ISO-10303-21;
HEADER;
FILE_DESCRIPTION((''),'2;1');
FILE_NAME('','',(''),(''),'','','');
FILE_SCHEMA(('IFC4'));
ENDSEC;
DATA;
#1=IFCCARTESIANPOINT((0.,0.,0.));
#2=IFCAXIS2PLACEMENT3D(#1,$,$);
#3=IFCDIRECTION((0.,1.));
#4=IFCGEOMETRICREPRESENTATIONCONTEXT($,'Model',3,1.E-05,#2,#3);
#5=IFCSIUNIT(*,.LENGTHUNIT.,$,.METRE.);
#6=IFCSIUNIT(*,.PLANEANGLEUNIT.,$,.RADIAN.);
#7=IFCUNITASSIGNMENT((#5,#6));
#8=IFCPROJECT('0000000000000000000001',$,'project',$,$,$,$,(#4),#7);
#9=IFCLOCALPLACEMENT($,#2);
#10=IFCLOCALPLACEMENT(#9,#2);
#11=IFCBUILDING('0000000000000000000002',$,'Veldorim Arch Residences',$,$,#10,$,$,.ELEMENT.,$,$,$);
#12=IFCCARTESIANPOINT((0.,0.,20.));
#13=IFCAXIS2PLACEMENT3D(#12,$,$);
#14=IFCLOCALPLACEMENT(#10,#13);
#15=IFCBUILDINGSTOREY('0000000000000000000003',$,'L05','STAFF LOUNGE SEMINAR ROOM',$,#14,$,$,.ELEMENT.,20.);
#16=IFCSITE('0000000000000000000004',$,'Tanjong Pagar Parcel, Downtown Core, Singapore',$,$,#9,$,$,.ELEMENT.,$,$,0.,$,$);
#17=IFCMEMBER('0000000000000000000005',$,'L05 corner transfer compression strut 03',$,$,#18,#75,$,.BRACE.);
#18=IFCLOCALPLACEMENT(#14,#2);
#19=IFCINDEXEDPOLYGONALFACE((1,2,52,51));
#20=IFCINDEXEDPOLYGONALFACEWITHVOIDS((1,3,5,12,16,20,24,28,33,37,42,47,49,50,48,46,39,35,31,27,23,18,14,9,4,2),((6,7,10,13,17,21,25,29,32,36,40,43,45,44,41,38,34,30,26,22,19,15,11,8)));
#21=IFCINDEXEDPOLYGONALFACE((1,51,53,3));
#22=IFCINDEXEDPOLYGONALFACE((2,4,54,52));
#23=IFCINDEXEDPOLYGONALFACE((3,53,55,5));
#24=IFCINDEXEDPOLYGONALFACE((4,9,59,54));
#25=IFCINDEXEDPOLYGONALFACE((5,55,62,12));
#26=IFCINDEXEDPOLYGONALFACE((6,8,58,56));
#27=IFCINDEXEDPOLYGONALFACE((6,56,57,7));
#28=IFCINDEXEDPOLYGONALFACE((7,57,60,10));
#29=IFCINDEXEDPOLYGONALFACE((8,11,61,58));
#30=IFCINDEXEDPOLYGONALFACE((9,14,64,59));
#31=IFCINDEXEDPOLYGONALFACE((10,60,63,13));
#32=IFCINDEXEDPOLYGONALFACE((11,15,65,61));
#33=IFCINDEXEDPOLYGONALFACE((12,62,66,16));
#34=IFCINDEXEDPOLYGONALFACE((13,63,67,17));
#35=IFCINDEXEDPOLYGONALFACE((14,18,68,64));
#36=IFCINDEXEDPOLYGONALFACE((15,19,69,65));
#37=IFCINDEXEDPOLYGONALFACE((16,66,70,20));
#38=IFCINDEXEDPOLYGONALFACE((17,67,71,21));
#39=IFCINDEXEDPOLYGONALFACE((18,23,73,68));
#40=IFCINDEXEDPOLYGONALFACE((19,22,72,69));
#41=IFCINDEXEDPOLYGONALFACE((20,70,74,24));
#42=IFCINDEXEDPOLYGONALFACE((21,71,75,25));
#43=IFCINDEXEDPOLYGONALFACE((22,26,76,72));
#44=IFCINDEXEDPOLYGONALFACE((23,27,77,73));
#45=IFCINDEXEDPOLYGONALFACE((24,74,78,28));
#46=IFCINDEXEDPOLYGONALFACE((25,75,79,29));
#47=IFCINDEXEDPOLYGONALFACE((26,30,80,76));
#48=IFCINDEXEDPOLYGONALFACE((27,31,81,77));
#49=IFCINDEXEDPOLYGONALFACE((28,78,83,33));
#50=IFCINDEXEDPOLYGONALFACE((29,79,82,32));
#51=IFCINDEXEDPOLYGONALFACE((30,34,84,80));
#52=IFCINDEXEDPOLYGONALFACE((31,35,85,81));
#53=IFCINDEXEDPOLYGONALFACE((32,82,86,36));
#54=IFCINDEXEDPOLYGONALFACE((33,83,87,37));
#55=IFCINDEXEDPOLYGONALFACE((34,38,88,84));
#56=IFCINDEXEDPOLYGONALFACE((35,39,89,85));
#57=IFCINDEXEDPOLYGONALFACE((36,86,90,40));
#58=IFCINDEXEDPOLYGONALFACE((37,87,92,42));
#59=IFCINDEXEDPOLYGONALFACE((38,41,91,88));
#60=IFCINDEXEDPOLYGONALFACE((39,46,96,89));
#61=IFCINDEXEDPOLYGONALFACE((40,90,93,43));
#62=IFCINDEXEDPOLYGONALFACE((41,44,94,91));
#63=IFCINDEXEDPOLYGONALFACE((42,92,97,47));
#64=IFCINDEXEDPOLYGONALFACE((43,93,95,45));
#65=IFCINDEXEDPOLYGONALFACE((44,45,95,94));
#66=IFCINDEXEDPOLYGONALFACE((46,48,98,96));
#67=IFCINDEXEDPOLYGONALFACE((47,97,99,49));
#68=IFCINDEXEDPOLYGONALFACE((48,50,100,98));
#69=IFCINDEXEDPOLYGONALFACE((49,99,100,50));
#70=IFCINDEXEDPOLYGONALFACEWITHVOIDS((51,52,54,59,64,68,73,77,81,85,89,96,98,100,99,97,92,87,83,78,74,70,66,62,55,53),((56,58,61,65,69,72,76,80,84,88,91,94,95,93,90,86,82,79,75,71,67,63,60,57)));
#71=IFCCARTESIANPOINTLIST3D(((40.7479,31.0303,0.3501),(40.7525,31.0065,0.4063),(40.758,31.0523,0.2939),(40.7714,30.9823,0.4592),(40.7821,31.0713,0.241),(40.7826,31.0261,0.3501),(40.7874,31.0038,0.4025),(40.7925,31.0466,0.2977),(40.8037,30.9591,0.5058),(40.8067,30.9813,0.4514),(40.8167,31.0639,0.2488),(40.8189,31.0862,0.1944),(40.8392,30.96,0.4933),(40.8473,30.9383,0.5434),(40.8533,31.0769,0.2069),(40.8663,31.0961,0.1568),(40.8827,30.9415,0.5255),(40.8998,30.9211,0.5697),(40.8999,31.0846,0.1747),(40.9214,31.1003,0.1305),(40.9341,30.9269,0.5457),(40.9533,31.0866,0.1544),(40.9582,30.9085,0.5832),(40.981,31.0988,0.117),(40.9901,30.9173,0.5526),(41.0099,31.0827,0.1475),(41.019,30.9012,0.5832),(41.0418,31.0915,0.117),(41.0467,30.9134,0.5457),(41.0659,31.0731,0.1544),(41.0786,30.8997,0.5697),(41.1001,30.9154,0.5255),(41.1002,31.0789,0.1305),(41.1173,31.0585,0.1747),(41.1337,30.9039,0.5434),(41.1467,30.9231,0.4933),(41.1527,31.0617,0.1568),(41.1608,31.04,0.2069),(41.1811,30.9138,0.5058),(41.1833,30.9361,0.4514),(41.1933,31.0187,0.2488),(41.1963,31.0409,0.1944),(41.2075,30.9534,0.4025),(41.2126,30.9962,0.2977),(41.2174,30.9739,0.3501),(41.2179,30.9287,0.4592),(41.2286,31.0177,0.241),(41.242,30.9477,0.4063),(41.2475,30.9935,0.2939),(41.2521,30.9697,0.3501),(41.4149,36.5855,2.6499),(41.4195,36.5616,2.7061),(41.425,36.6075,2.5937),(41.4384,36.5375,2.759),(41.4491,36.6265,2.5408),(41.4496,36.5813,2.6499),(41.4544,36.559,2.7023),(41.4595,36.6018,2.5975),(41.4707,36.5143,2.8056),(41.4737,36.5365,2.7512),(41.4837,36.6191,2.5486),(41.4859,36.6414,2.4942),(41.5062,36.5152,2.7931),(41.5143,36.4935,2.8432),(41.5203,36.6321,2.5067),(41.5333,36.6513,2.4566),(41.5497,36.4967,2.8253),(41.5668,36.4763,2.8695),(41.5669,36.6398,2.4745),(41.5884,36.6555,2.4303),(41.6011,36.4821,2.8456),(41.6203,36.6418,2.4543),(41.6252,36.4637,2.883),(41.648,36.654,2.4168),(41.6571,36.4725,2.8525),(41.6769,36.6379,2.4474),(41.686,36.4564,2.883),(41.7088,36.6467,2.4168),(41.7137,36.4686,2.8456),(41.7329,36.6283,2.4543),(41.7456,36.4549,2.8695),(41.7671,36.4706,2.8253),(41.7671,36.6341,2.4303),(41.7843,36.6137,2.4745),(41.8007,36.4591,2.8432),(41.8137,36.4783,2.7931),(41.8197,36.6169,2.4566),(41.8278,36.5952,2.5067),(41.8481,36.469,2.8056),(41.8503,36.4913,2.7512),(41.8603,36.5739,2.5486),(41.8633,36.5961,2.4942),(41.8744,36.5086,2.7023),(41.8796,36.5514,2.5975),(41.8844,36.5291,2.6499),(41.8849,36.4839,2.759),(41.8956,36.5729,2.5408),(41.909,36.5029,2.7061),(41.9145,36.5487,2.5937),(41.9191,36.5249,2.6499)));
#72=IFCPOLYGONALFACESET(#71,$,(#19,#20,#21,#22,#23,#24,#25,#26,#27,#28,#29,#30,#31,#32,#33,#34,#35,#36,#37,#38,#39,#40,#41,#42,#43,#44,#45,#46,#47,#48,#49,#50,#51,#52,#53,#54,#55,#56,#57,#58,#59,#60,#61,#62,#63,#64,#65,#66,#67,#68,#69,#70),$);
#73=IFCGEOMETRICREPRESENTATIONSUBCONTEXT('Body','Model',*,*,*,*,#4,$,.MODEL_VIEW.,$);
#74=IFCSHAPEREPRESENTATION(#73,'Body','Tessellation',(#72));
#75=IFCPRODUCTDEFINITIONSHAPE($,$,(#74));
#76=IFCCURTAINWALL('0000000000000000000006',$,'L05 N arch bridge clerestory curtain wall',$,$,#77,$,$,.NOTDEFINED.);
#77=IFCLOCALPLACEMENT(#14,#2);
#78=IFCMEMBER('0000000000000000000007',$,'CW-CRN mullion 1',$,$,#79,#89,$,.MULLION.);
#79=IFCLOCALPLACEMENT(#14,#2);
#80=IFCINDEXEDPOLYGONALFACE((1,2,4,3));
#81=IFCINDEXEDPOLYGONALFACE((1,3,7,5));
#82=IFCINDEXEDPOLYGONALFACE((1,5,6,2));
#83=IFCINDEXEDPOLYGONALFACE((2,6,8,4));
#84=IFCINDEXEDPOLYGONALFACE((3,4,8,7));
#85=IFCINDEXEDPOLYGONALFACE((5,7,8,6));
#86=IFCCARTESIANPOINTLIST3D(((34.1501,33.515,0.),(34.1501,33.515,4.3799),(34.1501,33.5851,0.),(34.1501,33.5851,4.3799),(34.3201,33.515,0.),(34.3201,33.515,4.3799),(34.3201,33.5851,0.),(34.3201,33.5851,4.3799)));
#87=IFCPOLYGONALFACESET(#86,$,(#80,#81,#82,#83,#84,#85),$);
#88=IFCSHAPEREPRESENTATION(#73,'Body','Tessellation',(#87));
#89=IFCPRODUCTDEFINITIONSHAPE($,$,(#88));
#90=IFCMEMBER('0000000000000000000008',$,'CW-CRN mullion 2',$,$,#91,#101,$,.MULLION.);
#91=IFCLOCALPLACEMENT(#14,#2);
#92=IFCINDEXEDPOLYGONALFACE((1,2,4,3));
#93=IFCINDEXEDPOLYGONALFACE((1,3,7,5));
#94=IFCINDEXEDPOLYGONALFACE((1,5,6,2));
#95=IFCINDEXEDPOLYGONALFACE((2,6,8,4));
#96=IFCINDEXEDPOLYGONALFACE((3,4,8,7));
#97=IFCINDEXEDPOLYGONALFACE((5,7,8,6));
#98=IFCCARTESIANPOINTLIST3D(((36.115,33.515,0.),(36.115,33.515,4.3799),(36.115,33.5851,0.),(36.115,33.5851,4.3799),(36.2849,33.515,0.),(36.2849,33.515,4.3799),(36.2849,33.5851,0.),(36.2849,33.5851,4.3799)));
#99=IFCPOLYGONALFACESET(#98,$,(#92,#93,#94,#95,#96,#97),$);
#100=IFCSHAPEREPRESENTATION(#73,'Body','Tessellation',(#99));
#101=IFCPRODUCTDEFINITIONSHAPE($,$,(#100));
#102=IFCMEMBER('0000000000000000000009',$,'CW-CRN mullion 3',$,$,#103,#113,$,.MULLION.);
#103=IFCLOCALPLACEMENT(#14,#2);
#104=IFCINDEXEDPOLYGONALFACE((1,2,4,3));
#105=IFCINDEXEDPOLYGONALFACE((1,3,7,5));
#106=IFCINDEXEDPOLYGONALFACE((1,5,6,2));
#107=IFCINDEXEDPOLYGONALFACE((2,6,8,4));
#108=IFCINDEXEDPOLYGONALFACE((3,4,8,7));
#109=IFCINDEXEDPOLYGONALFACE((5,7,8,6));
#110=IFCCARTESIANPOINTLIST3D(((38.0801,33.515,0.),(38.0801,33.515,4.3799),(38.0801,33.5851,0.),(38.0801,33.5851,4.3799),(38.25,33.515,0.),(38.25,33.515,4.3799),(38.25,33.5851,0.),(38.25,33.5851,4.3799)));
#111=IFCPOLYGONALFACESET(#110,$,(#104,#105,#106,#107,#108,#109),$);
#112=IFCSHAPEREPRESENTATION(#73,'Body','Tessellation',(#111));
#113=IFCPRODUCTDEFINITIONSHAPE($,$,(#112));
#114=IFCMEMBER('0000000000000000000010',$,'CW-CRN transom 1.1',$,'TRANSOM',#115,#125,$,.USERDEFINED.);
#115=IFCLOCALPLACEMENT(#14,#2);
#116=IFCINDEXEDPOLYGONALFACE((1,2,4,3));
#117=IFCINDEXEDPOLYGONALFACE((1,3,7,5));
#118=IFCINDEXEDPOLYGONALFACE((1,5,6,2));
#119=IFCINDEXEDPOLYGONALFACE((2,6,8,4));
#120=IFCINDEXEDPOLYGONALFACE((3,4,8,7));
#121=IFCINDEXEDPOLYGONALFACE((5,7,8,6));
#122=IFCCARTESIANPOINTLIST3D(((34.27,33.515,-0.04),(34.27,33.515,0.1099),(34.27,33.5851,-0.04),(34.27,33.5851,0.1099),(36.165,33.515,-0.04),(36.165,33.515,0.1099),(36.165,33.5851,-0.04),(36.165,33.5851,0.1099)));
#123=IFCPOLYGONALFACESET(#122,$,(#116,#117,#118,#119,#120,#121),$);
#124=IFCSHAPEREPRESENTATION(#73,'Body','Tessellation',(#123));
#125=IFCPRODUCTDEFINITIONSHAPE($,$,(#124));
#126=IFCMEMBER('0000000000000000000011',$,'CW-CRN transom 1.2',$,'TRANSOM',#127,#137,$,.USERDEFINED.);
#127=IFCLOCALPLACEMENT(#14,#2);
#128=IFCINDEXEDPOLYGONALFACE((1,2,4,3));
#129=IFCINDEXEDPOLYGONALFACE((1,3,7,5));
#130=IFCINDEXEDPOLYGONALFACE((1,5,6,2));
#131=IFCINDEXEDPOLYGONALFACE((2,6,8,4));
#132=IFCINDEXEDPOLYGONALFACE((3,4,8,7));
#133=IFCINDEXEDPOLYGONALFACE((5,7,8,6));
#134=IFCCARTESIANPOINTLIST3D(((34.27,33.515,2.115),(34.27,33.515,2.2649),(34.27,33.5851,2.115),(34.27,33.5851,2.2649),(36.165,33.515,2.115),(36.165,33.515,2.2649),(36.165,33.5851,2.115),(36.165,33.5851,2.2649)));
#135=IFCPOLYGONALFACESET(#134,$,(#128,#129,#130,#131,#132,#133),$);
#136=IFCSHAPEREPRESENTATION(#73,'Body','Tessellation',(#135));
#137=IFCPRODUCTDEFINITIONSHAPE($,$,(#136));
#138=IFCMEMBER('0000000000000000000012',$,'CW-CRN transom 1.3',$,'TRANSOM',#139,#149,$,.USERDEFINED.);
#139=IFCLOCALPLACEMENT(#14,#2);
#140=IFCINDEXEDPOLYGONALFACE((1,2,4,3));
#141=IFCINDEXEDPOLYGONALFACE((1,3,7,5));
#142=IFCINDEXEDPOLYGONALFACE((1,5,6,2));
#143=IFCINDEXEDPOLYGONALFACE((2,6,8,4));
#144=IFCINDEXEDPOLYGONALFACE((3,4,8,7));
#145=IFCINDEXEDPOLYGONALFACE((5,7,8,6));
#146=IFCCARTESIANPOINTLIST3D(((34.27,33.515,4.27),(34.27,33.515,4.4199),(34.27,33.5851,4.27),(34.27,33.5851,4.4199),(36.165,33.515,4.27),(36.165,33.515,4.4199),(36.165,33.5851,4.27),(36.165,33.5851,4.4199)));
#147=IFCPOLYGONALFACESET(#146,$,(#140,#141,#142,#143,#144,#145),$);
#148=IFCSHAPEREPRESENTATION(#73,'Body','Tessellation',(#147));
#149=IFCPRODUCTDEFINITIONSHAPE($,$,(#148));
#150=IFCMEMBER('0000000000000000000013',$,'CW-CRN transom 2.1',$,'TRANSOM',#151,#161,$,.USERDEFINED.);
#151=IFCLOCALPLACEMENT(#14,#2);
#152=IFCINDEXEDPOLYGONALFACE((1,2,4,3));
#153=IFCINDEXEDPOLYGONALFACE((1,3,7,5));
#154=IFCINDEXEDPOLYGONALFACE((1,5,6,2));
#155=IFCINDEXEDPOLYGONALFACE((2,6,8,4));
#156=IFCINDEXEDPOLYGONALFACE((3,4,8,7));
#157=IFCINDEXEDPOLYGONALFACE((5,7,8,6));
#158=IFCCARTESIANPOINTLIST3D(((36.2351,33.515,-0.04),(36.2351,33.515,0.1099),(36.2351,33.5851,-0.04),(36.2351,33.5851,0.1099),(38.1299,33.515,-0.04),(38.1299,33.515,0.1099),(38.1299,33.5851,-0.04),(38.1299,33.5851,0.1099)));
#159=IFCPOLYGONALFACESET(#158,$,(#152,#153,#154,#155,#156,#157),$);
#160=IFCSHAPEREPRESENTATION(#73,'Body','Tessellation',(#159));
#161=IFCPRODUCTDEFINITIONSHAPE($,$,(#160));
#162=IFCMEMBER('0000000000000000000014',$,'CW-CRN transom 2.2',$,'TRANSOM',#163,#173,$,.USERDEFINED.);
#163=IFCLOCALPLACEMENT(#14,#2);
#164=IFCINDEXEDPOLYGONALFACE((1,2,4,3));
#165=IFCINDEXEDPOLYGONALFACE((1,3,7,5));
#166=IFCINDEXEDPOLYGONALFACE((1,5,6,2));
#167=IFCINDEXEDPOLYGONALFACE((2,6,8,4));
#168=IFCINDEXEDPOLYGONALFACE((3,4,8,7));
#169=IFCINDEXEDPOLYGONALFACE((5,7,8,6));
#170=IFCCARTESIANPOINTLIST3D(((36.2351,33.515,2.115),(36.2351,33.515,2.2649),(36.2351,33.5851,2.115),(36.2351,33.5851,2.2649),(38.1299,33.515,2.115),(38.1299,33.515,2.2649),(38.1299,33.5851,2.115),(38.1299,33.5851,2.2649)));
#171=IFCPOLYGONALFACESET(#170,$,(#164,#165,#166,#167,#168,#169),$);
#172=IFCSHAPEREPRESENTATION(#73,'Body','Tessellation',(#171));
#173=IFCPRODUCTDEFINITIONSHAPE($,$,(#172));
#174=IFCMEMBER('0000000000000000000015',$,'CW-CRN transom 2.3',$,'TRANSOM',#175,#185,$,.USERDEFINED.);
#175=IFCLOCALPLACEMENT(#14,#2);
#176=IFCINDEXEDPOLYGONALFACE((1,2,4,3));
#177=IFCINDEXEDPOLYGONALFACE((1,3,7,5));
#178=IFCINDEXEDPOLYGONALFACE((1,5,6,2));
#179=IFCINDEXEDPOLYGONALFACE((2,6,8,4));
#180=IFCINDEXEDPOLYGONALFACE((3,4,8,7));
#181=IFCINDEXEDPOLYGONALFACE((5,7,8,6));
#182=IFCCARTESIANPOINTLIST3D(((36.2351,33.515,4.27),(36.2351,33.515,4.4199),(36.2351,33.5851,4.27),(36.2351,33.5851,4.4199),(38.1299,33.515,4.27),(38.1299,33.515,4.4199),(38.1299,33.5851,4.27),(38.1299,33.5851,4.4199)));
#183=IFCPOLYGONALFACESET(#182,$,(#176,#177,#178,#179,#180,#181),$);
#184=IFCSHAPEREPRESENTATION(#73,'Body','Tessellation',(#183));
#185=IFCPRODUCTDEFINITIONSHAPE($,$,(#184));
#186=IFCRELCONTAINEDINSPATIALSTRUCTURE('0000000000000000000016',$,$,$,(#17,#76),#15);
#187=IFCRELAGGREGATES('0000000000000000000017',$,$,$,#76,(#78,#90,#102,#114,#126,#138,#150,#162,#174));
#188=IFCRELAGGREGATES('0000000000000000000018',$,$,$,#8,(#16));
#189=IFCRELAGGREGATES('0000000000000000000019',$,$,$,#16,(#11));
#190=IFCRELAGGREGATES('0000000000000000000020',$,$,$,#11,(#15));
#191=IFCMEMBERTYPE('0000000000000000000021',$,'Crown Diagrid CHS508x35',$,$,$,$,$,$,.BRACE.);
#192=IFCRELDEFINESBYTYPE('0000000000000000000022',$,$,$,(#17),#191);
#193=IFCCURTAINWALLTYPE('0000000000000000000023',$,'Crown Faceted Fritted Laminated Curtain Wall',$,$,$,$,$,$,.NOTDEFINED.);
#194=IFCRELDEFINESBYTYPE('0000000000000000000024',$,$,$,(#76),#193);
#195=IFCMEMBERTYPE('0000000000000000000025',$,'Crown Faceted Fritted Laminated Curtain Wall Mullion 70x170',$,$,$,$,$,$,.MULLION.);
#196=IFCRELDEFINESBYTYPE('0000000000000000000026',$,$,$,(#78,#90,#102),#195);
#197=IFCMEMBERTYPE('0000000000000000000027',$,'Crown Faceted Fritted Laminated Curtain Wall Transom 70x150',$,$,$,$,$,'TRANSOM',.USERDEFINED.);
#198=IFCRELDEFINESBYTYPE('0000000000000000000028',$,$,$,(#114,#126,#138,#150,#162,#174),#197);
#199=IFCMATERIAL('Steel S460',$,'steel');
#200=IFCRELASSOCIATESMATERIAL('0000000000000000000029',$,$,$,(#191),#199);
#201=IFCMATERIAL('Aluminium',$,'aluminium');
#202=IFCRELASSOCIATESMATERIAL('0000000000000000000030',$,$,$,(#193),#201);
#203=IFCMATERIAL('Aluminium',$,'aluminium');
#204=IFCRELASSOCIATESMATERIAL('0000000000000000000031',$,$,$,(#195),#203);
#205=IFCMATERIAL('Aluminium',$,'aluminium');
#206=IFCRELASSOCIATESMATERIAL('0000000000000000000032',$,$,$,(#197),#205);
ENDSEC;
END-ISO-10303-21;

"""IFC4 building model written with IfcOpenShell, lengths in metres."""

from ifc_helpers import new_model, si_unit, direction, frame, origin, origin_2d, place, context, subcontext, project, spatial, rectangle, hollow_circle, extrude, material, material_profile, profile_set, type_object, element, aggregate, save


model = new_model("IFC4")

# Units and contexts
model_context = context("Model", 3, precision=1e-05, world=origin(), true_north=direction((0.0, 1.0)))
body_context = subcontext(model_context, "Body", "Model", "MODEL_VIEW")
ifc_project = project(units=[si_unit("LENGTHUNIT", "METRE"), si_unit("PLANEANGLEUNIT", "RADIAN")], contexts=[model_context])

# Site, building, storey
site_placement = place(None, origin())
site = spatial("IfcSite", under=ifc_project, at=site_placement, Name="Tanjong Pagar Parcel, Downtown Core, Singapore", CompositionType="ELEMENT", RefElevation=0.0)
building_placement = place(site_placement, origin())
building = spatial("IfcBuilding", under=site, at=building_placement, Name="Veldorim Arch Residences", CompositionType="ELEMENT")
storey_placement = place(building_placement, frame((0.0, 0.0, 20.0)))
storey = spatial("IfcBuildingStorey", under=building, at=storey_placement, Name="L05", Description="STAFF LOUNGE SEMINAR ROOM", CompositionType="ELEMENT", Elevation=20.0)

# Member
ifc_material_1 = material(Name="Steel S460", Category="steel")
ifc_material_profile_1 = material_profile(ifc_material_1, hollow_circle(Radius=0.2539, WallThickness=0.0349, at=origin_2d()), Name="CHS508x35")
ifc_profile_set_1 = profile_set([ifc_material_profile_1], Name="Steel S460")
member_type_1 = type_object("IfcMemberType", Name="Crown Diagrid CHS508x35", PredefinedType="BRACE", material=ifc_profile_set_1)
member_1_placement = place(storey_placement, frame((41.0, 31.0, 0.3501), z_axis=(0.11026, 0.918318, 0.380177), x_axis=(-0.992869, 0.119211, 0.0)))
element("IfcMember", 1, at=member_1_placement, inside=storey, type_object=member_type_1, Name="L05 corner transfer compression strut 03", PredefinedType="BRACE", context=body_context, shape_type="SweptSolid", body=[
    extrude(hollow_circle(Radius=0.2539, WallThickness=0.0349, at=origin_2d()), origin(), (0.0, 0.0, 1.0), 6.0493),
])

# Curtain wall, members
ifc_material_2 = material(Name="Aluminium", Category="aluminium")
curtain_wall_type = type_object("IfcCurtainWallType", Name="Crown Faceted Fritted Laminated Curtain Wall", PredefinedType="NOTDEFINED", material=ifc_material_2)
curtain_wall_placement = place(storey_placement, origin())
curtain_wall = element("IfcCurtainWall", 2, at=curtain_wall_placement, inside=storey, type_object=curtain_wall_type, Name="L05 N arch bridge clerestory curtain wall", PredefinedType="NOTDEFINED")
ifc_material_3 = material(Name="Aluminium", Category="aluminium")
ifc_material_profile_2 = material_profile(ifc_material_3, rectangle(XDim=0.0701, YDim=0.1699, at=origin_2d()), Name="ALU_MUL_70x170")
ifc_profile_set_2 = profile_set([ifc_material_profile_2], Name="Aluminium")
member_type_2 = type_object("IfcMemberType", Name="Crown Faceted Fritted Laminated Curtain Wall Mullion 70x170", PredefinedType="MULLION", material=ifc_profile_set_2)
member_2_placement = place(storey_placement, frame((34.2351, 33.55, 0.0), z_axis=(0.0, 0.0, 1.0), x_axis=(0.0, 1.0, 0.0)))
member_2 = element("IfcMember", 3, at=member_2_placement, type_object=member_type_2, Name="CW-CRN mullion 1", PredefinedType="MULLION", context=body_context, shape_type="SweptSolid", body=[
    extrude(rectangle(XDim=0.0701, YDim=0.1699, at=origin_2d()), origin(), (0.0, 0.0, 1.0), 4.3799),
])
member_3_placement = place(storey_placement, frame((36.2, 33.55, 0.0), z_axis=(0.0, 0.0, 1.0), x_axis=(0.0, 1.0, 0.0)))
member_3 = element("IfcMember", 4, at=member_3_placement, type_object=member_type_2, Name="CW-CRN mullion 2", PredefinedType="MULLION", context=body_context, shape_type="SweptSolid", body=[
    extrude(rectangle(XDim=0.0701, YDim=0.1699, at=origin_2d()), origin(), (0.0, 0.0, 1.0), 4.3799),
])
member_4_placement = place(storey_placement, frame((38.165, 33.55, 0.0), z_axis=(0.0, 0.0, 1.0), x_axis=(0.0, 1.0, 0.0)))
member_4 = element("IfcMember", 5, at=member_4_placement, type_object=member_type_2, Name="CW-CRN mullion 3", PredefinedType="MULLION", context=body_context, shape_type="SweptSolid", body=[
    extrude(rectangle(XDim=0.0701, YDim=0.1699, at=origin_2d()), origin(), (0.0, 0.0, 1.0), 4.3799),
])
ifc_material_4 = material(Name="Aluminium", Category="aluminium")
ifc_material_profile_3 = material_profile(ifc_material_4, rectangle(XDim=0.0701, YDim=0.1499, at=origin_2d()), Name="ALU_TRN_70x150")
ifc_profile_set_3 = profile_set([ifc_material_profile_3], Name="Aluminium")
member_type_3 = type_object("IfcMemberType", Name="Crown Faceted Fritted Laminated Curtain Wall Transom 70x150", ElementType="TRANSOM", PredefinedType="USERDEFINED", material=ifc_profile_set_3)
member_5_placement = place(storey_placement, frame((34.27, 33.55, 0.0349), z_axis=(1.0, 0.0, 0.0), x_axis=(0.0, 1.0, 0.0)))
member_5 = element("IfcMember", 6, at=member_5_placement, type_object=member_type_3, Name="CW-CRN transom 1.1", ObjectType="TRANSOM", PredefinedType="USERDEFINED", context=body_context, shape_type="SweptSolid", body=[
    extrude(rectangle(XDim=0.0701, YDim=0.1499, at=origin_2d()), origin(), (0.0, 0.0, 1.0), 1.895),
])
member_6_placement = place(storey_placement, frame((34.27, 33.55, 2.1899), z_axis=(1.0, 0.0, 0.0), x_axis=(0.0, 1.0, 0.0)))
member_6 = element("IfcMember", 7, at=member_6_placement, type_object=member_type_3, Name="CW-CRN transom 1.2", ObjectType="TRANSOM", PredefinedType="USERDEFINED", context=body_context, shape_type="SweptSolid", body=[
    extrude(rectangle(XDim=0.0701, YDim=0.1499, at=origin_2d()), origin(), (0.0, 0.0, 1.0), 1.895),
])
member_7_placement = place(storey_placement, frame((34.27, 33.55, 4.345), z_axis=(1.0, 0.0, 0.0), x_axis=(0.0, 1.0, 0.0)))
member_7 = element("IfcMember", 8, at=member_7_placement, type_object=member_type_3, Name="CW-CRN transom 1.3", ObjectType="TRANSOM", PredefinedType="USERDEFINED", context=body_context, shape_type="SweptSolid", body=[
    extrude(rectangle(XDim=0.0701, YDim=0.1499, at=origin_2d()), origin(), (0.0, 0.0, 1.0), 1.895),
])
member_8_placement = place(storey_placement, frame((36.2351, 33.55, 0.0349), z_axis=(1.0, 0.0, 0.0), x_axis=(0.0, 1.0, 0.0)))
member_8 = element("IfcMember", 9, at=member_8_placement, type_object=member_type_3, Name="CW-CRN transom 2.1", ObjectType="TRANSOM", PredefinedType="USERDEFINED", context=body_context, shape_type="SweptSolid", body=[
    extrude(rectangle(XDim=0.0701, YDim=0.1499, at=origin_2d()), origin(), (0.0, 0.0, 1.0), 1.8948),
])
member_9_placement = place(storey_placement, frame((36.2351, 33.55, 2.1899), z_axis=(1.0, 0.0, 0.0), x_axis=(0.0, 1.0, 0.0)))
member_9 = element("IfcMember", 10, at=member_9_placement, type_object=member_type_3, Name="CW-CRN transom 2.2", ObjectType="TRANSOM", PredefinedType="USERDEFINED", context=body_context, shape_type="SweptSolid", body=[
    extrude(rectangle(XDim=0.0701, YDim=0.1499, at=origin_2d()), origin(), (0.0, 0.0, 1.0), 1.8948),
])
member_10_placement = place(storey_placement, frame((36.2351, 33.55, 4.345), z_axis=(1.0, 0.0, 0.0), x_axis=(0.0, 1.0, 0.0)))
member_10 = element("IfcMember", 11, at=member_10_placement, type_object=member_type_3, Name="CW-CRN transom 2.3", ObjectType="TRANSOM", PredefinedType="USERDEFINED", context=body_context, shape_type="SweptSolid", body=[
    extrude(rectangle(XDim=0.0701, YDim=0.1499, at=origin_2d()), origin(), (0.0, 0.0, 1.0), 1.8948),
])

aggregate(curtain_wall, [member_2, member_3, member_4, member_5, member_6, member_7, member_8, member_9, member_10])

save(model, "model.ifc")
